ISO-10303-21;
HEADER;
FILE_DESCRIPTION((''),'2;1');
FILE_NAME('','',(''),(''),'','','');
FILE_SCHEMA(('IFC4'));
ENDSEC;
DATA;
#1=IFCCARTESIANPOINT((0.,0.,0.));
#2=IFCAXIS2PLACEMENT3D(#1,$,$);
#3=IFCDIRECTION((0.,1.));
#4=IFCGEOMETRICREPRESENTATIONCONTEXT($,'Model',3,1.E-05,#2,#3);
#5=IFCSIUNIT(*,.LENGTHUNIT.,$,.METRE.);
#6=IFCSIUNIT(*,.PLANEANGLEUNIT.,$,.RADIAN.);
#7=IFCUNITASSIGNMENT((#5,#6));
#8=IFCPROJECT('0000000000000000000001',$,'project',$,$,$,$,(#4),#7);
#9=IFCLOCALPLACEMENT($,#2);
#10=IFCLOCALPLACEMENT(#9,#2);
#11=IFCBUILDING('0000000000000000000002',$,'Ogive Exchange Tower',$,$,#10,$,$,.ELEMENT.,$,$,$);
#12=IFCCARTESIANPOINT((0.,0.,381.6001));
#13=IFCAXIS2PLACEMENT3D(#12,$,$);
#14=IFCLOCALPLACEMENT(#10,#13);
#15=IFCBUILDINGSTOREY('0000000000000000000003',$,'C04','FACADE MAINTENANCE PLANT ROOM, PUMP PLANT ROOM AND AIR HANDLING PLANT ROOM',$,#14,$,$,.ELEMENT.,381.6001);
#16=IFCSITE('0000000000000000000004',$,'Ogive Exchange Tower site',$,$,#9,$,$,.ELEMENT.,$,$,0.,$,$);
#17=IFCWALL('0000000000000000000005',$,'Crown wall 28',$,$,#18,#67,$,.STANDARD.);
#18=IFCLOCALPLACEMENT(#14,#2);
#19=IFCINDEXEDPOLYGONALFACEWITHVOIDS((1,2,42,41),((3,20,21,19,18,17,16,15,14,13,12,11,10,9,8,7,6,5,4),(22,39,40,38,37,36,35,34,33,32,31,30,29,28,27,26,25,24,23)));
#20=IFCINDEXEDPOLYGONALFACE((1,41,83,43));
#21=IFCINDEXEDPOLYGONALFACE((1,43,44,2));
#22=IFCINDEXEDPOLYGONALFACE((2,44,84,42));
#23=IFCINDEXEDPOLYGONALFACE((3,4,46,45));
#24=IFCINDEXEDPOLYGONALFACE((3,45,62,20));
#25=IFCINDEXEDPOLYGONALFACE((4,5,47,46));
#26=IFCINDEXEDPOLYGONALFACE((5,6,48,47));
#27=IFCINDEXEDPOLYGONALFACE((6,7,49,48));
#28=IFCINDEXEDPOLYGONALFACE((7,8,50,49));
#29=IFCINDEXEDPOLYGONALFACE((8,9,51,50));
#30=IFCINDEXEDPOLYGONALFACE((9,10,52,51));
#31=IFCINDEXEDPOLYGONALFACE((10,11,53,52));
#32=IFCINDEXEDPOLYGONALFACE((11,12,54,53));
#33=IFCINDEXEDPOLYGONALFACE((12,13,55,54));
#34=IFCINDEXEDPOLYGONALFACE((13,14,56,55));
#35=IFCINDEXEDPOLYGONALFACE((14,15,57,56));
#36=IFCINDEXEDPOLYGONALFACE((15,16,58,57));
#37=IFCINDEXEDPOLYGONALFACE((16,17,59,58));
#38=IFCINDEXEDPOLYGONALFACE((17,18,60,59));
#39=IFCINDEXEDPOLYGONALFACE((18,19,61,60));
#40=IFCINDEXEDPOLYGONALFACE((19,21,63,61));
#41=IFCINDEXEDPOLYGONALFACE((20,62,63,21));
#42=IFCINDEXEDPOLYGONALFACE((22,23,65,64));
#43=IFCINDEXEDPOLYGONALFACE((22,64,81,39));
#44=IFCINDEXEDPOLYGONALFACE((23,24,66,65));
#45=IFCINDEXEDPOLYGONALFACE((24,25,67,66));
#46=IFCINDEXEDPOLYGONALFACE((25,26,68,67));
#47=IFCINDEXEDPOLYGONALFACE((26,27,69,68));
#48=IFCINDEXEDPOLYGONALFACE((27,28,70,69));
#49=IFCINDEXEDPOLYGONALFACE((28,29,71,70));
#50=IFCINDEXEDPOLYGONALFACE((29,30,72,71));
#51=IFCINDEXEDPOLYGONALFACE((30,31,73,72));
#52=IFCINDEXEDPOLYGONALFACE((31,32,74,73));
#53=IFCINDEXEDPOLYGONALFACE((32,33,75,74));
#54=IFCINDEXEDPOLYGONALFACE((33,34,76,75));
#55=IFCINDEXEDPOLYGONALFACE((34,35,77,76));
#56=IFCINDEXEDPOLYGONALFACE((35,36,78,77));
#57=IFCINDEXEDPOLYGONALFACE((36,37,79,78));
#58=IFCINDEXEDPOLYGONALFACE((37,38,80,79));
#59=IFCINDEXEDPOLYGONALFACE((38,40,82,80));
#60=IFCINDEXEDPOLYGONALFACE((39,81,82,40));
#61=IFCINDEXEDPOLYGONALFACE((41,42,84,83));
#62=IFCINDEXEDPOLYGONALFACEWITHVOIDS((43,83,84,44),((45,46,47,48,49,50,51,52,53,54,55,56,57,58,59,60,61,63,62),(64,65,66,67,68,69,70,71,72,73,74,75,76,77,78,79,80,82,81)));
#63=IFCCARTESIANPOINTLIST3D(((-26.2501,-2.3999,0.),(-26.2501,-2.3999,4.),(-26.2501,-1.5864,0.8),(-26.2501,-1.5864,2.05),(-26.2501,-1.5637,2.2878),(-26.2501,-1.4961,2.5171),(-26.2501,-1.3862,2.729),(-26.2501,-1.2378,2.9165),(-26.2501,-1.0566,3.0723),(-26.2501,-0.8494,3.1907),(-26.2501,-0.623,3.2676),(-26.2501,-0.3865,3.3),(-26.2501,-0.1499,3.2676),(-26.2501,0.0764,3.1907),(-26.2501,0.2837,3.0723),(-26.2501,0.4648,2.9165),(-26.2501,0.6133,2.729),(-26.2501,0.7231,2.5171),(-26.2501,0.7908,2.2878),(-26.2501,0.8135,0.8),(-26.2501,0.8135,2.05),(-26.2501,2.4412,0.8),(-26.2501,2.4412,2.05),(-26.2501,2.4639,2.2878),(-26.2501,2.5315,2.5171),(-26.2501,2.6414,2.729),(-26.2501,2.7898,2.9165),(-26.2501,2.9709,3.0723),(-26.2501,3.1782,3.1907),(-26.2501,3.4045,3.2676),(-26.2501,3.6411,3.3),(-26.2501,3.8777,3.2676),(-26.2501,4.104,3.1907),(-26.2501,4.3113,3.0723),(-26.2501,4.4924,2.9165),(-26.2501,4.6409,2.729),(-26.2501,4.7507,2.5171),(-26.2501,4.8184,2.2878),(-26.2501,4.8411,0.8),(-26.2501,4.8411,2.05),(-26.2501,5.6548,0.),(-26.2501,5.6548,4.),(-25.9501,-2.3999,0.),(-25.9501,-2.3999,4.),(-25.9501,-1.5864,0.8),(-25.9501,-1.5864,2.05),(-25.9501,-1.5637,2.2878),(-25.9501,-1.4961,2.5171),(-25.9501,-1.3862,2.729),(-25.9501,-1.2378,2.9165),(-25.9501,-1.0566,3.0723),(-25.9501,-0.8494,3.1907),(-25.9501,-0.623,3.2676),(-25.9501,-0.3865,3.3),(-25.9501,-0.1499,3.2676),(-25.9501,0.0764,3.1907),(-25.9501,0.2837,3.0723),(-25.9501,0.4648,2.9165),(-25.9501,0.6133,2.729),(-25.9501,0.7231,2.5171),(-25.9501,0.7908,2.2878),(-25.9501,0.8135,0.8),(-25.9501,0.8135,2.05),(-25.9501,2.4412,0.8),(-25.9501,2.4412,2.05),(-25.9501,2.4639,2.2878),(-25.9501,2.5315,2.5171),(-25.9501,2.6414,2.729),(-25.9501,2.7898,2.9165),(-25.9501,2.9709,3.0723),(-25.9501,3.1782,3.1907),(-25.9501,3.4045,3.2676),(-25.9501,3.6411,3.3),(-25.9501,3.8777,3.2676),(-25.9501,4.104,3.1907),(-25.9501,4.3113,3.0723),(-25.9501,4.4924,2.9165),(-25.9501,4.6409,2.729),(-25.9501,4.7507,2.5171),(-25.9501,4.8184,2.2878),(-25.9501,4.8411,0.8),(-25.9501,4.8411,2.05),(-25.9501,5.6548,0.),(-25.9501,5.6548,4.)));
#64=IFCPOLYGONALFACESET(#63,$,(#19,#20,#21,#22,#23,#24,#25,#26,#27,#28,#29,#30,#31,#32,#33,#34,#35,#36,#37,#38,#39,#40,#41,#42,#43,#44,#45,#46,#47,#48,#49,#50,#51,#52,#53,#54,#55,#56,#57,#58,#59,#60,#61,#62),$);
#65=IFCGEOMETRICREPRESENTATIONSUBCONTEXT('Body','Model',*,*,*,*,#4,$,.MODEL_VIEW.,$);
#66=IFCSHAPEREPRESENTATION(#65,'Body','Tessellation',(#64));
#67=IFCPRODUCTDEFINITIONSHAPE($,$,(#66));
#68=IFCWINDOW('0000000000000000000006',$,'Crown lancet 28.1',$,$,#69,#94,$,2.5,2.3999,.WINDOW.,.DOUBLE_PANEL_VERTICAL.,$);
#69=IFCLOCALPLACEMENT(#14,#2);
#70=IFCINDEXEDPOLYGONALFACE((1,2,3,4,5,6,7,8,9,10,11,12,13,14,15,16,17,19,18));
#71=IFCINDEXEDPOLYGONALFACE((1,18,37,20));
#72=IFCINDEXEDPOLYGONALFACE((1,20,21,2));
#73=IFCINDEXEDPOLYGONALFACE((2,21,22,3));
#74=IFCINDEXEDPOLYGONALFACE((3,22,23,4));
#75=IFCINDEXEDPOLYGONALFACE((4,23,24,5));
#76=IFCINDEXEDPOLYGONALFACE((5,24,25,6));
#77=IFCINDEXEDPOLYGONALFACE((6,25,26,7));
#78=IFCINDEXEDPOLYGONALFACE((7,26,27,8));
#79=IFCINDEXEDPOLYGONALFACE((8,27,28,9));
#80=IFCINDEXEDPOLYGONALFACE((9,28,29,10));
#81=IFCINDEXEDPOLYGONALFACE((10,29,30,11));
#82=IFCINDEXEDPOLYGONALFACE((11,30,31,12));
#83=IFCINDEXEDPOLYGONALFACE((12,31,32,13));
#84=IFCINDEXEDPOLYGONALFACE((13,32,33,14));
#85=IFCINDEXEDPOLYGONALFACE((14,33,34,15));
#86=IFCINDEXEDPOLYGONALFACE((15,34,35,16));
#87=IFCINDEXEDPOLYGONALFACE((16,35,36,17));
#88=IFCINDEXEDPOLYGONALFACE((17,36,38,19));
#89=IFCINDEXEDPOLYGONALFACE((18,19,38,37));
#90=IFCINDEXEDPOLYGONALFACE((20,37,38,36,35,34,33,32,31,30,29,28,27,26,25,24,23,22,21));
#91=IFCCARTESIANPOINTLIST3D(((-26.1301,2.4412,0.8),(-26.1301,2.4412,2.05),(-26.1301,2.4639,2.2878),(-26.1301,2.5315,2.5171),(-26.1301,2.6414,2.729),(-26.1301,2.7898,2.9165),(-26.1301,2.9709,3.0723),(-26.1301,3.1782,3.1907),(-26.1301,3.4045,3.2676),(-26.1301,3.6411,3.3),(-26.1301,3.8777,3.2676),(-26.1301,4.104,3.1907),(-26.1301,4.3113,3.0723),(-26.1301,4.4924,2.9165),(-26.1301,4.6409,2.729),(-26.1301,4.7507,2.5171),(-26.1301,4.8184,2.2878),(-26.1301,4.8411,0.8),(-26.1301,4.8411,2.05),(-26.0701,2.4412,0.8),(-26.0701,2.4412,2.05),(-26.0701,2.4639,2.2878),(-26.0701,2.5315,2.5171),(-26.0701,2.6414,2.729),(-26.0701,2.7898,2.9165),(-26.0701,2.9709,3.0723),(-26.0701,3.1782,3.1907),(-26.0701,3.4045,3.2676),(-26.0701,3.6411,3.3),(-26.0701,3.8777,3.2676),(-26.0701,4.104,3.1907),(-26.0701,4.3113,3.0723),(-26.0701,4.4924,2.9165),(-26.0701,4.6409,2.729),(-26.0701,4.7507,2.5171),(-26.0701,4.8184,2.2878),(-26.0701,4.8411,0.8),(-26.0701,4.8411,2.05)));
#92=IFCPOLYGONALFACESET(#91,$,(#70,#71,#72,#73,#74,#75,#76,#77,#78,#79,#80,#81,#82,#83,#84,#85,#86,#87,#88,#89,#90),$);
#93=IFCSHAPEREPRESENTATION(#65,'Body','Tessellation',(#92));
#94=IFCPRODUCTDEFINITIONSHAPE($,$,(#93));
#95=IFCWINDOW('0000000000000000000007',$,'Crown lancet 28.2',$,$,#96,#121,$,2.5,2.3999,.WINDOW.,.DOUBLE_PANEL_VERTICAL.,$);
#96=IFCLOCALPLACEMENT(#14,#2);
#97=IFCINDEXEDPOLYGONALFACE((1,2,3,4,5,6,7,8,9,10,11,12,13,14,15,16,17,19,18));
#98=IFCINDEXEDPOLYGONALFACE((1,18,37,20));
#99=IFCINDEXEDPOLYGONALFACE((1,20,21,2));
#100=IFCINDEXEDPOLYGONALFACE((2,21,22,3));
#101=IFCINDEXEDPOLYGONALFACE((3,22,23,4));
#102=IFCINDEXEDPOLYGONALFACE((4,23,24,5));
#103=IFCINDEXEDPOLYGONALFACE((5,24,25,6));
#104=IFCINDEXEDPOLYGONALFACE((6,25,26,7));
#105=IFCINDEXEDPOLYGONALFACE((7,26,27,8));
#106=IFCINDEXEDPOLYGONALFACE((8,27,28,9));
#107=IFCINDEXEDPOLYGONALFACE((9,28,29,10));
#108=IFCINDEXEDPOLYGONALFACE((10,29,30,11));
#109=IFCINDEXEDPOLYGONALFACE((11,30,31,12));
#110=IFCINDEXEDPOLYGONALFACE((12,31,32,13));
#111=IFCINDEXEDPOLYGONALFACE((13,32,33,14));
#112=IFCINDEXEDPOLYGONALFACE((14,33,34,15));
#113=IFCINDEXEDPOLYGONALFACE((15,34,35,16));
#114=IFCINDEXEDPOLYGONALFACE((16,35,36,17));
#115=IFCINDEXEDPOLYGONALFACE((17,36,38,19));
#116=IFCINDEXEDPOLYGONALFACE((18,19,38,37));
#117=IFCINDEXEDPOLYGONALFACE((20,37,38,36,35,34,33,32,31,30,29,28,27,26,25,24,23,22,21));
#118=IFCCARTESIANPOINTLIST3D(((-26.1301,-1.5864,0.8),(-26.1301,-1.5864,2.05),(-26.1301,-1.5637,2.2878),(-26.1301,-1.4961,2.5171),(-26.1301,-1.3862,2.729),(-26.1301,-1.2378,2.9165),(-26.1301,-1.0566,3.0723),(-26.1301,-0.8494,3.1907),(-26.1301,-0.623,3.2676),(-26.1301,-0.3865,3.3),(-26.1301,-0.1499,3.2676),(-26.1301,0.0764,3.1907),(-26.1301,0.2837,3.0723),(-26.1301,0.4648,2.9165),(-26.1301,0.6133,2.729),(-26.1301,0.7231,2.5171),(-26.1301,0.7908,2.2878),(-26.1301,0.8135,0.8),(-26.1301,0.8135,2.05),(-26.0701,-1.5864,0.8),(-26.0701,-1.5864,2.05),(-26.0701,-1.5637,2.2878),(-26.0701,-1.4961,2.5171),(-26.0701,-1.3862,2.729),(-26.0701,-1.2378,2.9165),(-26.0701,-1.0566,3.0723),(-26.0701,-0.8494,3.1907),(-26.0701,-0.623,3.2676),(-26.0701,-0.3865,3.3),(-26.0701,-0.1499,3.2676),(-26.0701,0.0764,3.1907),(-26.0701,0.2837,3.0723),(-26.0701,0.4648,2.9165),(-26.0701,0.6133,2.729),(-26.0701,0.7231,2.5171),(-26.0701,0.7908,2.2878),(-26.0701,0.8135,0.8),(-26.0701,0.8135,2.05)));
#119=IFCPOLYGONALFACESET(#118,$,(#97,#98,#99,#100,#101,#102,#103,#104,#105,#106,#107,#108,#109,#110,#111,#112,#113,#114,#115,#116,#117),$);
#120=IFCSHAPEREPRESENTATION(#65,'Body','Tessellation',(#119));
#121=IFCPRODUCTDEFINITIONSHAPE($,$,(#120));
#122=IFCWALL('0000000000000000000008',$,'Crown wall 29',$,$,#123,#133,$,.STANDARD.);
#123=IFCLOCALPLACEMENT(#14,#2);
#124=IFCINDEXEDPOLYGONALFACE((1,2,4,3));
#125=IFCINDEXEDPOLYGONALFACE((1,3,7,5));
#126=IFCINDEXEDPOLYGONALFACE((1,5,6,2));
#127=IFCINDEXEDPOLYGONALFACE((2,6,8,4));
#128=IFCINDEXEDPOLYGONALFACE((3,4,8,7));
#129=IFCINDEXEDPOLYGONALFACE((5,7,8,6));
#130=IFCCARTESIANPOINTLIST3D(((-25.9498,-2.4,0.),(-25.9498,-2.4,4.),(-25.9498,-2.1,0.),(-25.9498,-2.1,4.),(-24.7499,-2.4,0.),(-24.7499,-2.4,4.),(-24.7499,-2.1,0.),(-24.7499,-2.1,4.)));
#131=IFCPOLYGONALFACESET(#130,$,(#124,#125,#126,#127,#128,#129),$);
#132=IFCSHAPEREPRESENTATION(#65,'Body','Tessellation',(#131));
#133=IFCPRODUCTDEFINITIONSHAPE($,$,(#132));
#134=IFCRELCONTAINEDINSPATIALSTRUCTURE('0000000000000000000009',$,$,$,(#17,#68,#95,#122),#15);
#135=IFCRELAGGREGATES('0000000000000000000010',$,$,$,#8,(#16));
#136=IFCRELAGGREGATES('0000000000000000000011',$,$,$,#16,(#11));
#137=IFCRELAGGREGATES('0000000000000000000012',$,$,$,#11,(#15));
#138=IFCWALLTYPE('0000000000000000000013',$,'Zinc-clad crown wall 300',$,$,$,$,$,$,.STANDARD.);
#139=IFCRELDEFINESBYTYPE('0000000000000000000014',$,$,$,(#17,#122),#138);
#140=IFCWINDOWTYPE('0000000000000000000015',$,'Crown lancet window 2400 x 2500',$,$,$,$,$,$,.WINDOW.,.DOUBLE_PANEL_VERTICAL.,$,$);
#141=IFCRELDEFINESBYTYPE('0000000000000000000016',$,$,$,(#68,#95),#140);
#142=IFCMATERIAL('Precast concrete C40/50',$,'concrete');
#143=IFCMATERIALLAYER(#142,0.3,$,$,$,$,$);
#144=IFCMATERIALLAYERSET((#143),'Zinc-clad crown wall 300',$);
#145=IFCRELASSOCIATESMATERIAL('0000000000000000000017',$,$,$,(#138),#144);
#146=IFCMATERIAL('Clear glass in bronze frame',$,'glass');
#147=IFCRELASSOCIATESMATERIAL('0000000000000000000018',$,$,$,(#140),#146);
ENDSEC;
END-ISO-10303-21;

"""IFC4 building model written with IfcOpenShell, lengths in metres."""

from ifc_helpers import new_model, si_unit, direction, frame, frame_2d, origin, place, context, subcontext, project, spatial, polyline, rectangle, outline, extrude, material, layer, layer_set, type_object, element, fill, save


model = new_model("IFC4")

# Units and contexts
model_context = context("Model", 3, precision=1e-05, world=origin(), true_north=direction((0.0, 1.0)))
body_context = subcontext(model_context, "Body", "Model", "MODEL_VIEW")
ifc_project = project(units=[si_unit("LENGTHUNIT", "METRE"), si_unit("PLANEANGLEUNIT", "RADIAN")], contexts=[model_context])

# Site, building, storey
site_placement = place(None, origin())
site = spatial("IfcSite", under=ifc_project, at=site_placement, Name="Ogive Exchange Tower site", CompositionType="ELEMENT", RefElevation=0.0)
building_placement = place(site_placement, origin())
building = spatial("IfcBuilding", under=site, at=building_placement, Name="Ogive Exchange Tower", CompositionType="ELEMENT")
storey_placement = place(building_placement, frame((0.0, 0.0, 381.6001)))
storey = spatial("IfcBuildingStorey", under=building, at=storey_placement, Name="C04", Description="FACADE MAINTENANCE PLANT ROOM, PUMP PLANT ROOM AND AIR HANDLING PLANT ROOM", CompositionType="ELEMENT", Elevation=381.6001)

# Shared definitions
ifc_material_1 = material(Name="Precast concrete C40/50", Category="concrete")
ifc_layer_1 = layer(ifc_material_1, 0.3)
ifc_layer_set_1 = layer_set([ifc_layer_1], Name="Zinc-clad crown wall 300")
wall_type_1 = type_object("IfcWallType", Name="Zinc-clad crown wall 300", PredefinedType="STANDARD", material=ifc_layer_set_1)

# Wall, openings, windows
ifc_material_2 = material(Name="Clear glass in bronze frame", Category="glass")
window_type = type_object("IfcWindowType", Name="Crown lancet window 2400 x 2500", PartitioningType="DOUBLE_PANEL_VERTICAL", PredefinedType="WINDOW", material=ifc_material_2)
wall_1_placement = place(storey_placement, frame((-26.1001, 5.6548, 0.0), z_axis=(0.0, 0.0, 1.0), x_axis=(0.0, -1.0, 0.0)))
wall_1 = element("IfcWall", 1, at=wall_1_placement, inside=storey, type_object=wall_type_1, Name="Crown wall 28", PredefinedType="STANDARD", context=body_context, shape_type="SweptSolid", body=[
    extrude(rectangle(XDim=8.0547, YDim=0.3, at=frame_2d((4.0273, 0.0))), origin(), (0.0, 0.0, 1.0), 4.0),
])
opening_1_placement = place(wall_1_placement, frame((0.8137, 0.0, 0.8)))
opening_1 = element("IfcOpeningElement", 2, at=opening_1_placement, cuts=wall_1, PredefinedType="OPENING", context=body_context, shape_type="SweptSolid", body=[
    extrude(outline(polyline([(0.0, 0.0), (2.3999, 0.0), (2.3999, 1.25), (2.3772, 1.4878), (2.3096, 1.717), (2.1997, 1.929), (2.0513, 2.1165), (1.8701, 2.2722), (1.6628, 2.3906), (1.4365, 2.4675), (1.2, 2.5), (0.9634, 2.4675), (0.7371, 2.3906), (0.5298, 2.2722), (0.3486, 2.1165), (0.2002, 1.929), (0.0903, 1.717), (0.0227, 1.4878), (0.0, 1.25), (0.0, 0.0)])), frame((0.0, 0.1599, 0.0), z_axis=(0.0, -1.0, 0.0), x_axis=(1.0, 0.0, 0.0)), (0.0, 0.0, 1.0), 0.3201),
])
opening_2_placement = place(wall_1_placement, frame((4.8413, 0.0, 0.8)))
opening_2 = element("IfcOpeningElement", 3, at=opening_2_placement, cuts=wall_1, PredefinedType="OPENING", context=body_context, shape_type="SweptSolid", body=[
    extrude(outline(polyline([(0.0, 0.0), (2.3999, 0.0), (2.3999, 1.25), (2.3772, 1.4878), (2.3096, 1.717), (2.1997, 1.929), (2.0513, 2.1165), (1.8701, 2.2722), (1.6628, 2.3906), (1.4365, 2.4675), (1.2, 2.5), (0.9634, 2.4675), (0.7371, 2.3906), (0.5298, 2.2722), (0.3486, 2.1165), (0.2002, 1.929), (0.0903, 1.717), (0.0227, 1.4878), (0.0, 1.25), (0.0, 0.0)])), frame((0.0, 0.1599, 0.0), z_axis=(0.0, -1.0, 0.0), x_axis=(1.0, 0.0, 0.0)), (0.0, 0.0, 1.0), 0.3201),
])
window_1_placement = place(opening_1_placement, origin())
window_1 = element("IfcWindow", 4, at=window_1_placement, inside=storey, type_object=window_type, Name="Crown lancet 28.1", OverallHeight=2.5, OverallWidth=2.3999, PartitioningType="DOUBLE_PANEL_VERTICAL", PredefinedType="WINDOW", context=body_context, shape_type="SweptSolid", body=[
    extrude(outline(polyline([(0.0, 0.0), (2.3999, 0.0), (2.3999, 1.25), (2.3772, 1.4878), (2.3096, 1.717), (2.1997, 1.929), (2.0513, 2.1165), (1.8701, 2.2722), (1.6628, 2.3906), (1.4365, 2.4675), (1.2, 2.5), (0.9634, 2.4675), (0.7371, 2.3906), (0.5298, 2.2722), (0.3486, 2.1165), (0.2002, 1.929), (0.0903, 1.717), (0.0227, 1.4878), (0.0, 1.25), (0.0, 0.0)])), frame((0.0, 0.03, 0.0), z_axis=(0.0, -1.0, 0.0), x_axis=(1.0, 0.0, 0.0)), (0.0, 0.0, 1.0), 0.0601),
])
fill(opening_1, window_1)
window_2_placement = place(opening_2_placement, origin())
window_2 = element("IfcWindow", 5, at=window_2_placement, inside=storey, type_object=window_type, Name="Crown lancet 28.2", OverallHeight=2.5, OverallWidth=2.3999, PartitioningType="DOUBLE_PANEL_VERTICAL", PredefinedType="WINDOW", context=body_context, shape_type="SweptSolid", body=[
    extrude(outline(polyline([(0.0, 0.0), (2.3999, 0.0), (2.3999, 1.25), (2.3772, 1.4878), (2.3096, 1.717), (2.1997, 1.929), (2.0513, 2.1165), (1.8701, 2.2722), (1.6628, 2.3906), (1.4365, 2.4675), (1.2, 2.5), (0.9634, 2.4675), (0.7371, 2.3906), (0.5298, 2.2722), (0.3486, 2.1165), (0.2002, 1.929), (0.0903, 1.717), (0.0227, 1.4878), (0.0, 1.25), (0.0, 0.0)])), frame((0.0, 0.03, 0.0), z_axis=(0.0, -1.0, 0.0), x_axis=(1.0, 0.0, 0.0)), (0.0, 0.0, 1.0), 0.0601),
])
fill(opening_2, window_2)

# Wall
wall_2_placement = place(storey_placement, frame((-25.95, -2.25, 0.0), z_axis=(0.0, 0.0, 1.0), x_axis=(1.0, 0.0, 0.0)))
element("IfcWall", 6, at=wall_2_placement, inside=storey, type_object=wall_type_1, Name="Crown wall 29", PredefinedType="STANDARD", context=body_context, shape_type="SweptSolid", body=[
    extrude(rectangle(XDim=1.2, YDim=0.3, at=frame_2d((0.6001, 0.0))), origin(), (0.0, 0.0, 1.0), 4.0),
])

save(model, "model.ifc")
